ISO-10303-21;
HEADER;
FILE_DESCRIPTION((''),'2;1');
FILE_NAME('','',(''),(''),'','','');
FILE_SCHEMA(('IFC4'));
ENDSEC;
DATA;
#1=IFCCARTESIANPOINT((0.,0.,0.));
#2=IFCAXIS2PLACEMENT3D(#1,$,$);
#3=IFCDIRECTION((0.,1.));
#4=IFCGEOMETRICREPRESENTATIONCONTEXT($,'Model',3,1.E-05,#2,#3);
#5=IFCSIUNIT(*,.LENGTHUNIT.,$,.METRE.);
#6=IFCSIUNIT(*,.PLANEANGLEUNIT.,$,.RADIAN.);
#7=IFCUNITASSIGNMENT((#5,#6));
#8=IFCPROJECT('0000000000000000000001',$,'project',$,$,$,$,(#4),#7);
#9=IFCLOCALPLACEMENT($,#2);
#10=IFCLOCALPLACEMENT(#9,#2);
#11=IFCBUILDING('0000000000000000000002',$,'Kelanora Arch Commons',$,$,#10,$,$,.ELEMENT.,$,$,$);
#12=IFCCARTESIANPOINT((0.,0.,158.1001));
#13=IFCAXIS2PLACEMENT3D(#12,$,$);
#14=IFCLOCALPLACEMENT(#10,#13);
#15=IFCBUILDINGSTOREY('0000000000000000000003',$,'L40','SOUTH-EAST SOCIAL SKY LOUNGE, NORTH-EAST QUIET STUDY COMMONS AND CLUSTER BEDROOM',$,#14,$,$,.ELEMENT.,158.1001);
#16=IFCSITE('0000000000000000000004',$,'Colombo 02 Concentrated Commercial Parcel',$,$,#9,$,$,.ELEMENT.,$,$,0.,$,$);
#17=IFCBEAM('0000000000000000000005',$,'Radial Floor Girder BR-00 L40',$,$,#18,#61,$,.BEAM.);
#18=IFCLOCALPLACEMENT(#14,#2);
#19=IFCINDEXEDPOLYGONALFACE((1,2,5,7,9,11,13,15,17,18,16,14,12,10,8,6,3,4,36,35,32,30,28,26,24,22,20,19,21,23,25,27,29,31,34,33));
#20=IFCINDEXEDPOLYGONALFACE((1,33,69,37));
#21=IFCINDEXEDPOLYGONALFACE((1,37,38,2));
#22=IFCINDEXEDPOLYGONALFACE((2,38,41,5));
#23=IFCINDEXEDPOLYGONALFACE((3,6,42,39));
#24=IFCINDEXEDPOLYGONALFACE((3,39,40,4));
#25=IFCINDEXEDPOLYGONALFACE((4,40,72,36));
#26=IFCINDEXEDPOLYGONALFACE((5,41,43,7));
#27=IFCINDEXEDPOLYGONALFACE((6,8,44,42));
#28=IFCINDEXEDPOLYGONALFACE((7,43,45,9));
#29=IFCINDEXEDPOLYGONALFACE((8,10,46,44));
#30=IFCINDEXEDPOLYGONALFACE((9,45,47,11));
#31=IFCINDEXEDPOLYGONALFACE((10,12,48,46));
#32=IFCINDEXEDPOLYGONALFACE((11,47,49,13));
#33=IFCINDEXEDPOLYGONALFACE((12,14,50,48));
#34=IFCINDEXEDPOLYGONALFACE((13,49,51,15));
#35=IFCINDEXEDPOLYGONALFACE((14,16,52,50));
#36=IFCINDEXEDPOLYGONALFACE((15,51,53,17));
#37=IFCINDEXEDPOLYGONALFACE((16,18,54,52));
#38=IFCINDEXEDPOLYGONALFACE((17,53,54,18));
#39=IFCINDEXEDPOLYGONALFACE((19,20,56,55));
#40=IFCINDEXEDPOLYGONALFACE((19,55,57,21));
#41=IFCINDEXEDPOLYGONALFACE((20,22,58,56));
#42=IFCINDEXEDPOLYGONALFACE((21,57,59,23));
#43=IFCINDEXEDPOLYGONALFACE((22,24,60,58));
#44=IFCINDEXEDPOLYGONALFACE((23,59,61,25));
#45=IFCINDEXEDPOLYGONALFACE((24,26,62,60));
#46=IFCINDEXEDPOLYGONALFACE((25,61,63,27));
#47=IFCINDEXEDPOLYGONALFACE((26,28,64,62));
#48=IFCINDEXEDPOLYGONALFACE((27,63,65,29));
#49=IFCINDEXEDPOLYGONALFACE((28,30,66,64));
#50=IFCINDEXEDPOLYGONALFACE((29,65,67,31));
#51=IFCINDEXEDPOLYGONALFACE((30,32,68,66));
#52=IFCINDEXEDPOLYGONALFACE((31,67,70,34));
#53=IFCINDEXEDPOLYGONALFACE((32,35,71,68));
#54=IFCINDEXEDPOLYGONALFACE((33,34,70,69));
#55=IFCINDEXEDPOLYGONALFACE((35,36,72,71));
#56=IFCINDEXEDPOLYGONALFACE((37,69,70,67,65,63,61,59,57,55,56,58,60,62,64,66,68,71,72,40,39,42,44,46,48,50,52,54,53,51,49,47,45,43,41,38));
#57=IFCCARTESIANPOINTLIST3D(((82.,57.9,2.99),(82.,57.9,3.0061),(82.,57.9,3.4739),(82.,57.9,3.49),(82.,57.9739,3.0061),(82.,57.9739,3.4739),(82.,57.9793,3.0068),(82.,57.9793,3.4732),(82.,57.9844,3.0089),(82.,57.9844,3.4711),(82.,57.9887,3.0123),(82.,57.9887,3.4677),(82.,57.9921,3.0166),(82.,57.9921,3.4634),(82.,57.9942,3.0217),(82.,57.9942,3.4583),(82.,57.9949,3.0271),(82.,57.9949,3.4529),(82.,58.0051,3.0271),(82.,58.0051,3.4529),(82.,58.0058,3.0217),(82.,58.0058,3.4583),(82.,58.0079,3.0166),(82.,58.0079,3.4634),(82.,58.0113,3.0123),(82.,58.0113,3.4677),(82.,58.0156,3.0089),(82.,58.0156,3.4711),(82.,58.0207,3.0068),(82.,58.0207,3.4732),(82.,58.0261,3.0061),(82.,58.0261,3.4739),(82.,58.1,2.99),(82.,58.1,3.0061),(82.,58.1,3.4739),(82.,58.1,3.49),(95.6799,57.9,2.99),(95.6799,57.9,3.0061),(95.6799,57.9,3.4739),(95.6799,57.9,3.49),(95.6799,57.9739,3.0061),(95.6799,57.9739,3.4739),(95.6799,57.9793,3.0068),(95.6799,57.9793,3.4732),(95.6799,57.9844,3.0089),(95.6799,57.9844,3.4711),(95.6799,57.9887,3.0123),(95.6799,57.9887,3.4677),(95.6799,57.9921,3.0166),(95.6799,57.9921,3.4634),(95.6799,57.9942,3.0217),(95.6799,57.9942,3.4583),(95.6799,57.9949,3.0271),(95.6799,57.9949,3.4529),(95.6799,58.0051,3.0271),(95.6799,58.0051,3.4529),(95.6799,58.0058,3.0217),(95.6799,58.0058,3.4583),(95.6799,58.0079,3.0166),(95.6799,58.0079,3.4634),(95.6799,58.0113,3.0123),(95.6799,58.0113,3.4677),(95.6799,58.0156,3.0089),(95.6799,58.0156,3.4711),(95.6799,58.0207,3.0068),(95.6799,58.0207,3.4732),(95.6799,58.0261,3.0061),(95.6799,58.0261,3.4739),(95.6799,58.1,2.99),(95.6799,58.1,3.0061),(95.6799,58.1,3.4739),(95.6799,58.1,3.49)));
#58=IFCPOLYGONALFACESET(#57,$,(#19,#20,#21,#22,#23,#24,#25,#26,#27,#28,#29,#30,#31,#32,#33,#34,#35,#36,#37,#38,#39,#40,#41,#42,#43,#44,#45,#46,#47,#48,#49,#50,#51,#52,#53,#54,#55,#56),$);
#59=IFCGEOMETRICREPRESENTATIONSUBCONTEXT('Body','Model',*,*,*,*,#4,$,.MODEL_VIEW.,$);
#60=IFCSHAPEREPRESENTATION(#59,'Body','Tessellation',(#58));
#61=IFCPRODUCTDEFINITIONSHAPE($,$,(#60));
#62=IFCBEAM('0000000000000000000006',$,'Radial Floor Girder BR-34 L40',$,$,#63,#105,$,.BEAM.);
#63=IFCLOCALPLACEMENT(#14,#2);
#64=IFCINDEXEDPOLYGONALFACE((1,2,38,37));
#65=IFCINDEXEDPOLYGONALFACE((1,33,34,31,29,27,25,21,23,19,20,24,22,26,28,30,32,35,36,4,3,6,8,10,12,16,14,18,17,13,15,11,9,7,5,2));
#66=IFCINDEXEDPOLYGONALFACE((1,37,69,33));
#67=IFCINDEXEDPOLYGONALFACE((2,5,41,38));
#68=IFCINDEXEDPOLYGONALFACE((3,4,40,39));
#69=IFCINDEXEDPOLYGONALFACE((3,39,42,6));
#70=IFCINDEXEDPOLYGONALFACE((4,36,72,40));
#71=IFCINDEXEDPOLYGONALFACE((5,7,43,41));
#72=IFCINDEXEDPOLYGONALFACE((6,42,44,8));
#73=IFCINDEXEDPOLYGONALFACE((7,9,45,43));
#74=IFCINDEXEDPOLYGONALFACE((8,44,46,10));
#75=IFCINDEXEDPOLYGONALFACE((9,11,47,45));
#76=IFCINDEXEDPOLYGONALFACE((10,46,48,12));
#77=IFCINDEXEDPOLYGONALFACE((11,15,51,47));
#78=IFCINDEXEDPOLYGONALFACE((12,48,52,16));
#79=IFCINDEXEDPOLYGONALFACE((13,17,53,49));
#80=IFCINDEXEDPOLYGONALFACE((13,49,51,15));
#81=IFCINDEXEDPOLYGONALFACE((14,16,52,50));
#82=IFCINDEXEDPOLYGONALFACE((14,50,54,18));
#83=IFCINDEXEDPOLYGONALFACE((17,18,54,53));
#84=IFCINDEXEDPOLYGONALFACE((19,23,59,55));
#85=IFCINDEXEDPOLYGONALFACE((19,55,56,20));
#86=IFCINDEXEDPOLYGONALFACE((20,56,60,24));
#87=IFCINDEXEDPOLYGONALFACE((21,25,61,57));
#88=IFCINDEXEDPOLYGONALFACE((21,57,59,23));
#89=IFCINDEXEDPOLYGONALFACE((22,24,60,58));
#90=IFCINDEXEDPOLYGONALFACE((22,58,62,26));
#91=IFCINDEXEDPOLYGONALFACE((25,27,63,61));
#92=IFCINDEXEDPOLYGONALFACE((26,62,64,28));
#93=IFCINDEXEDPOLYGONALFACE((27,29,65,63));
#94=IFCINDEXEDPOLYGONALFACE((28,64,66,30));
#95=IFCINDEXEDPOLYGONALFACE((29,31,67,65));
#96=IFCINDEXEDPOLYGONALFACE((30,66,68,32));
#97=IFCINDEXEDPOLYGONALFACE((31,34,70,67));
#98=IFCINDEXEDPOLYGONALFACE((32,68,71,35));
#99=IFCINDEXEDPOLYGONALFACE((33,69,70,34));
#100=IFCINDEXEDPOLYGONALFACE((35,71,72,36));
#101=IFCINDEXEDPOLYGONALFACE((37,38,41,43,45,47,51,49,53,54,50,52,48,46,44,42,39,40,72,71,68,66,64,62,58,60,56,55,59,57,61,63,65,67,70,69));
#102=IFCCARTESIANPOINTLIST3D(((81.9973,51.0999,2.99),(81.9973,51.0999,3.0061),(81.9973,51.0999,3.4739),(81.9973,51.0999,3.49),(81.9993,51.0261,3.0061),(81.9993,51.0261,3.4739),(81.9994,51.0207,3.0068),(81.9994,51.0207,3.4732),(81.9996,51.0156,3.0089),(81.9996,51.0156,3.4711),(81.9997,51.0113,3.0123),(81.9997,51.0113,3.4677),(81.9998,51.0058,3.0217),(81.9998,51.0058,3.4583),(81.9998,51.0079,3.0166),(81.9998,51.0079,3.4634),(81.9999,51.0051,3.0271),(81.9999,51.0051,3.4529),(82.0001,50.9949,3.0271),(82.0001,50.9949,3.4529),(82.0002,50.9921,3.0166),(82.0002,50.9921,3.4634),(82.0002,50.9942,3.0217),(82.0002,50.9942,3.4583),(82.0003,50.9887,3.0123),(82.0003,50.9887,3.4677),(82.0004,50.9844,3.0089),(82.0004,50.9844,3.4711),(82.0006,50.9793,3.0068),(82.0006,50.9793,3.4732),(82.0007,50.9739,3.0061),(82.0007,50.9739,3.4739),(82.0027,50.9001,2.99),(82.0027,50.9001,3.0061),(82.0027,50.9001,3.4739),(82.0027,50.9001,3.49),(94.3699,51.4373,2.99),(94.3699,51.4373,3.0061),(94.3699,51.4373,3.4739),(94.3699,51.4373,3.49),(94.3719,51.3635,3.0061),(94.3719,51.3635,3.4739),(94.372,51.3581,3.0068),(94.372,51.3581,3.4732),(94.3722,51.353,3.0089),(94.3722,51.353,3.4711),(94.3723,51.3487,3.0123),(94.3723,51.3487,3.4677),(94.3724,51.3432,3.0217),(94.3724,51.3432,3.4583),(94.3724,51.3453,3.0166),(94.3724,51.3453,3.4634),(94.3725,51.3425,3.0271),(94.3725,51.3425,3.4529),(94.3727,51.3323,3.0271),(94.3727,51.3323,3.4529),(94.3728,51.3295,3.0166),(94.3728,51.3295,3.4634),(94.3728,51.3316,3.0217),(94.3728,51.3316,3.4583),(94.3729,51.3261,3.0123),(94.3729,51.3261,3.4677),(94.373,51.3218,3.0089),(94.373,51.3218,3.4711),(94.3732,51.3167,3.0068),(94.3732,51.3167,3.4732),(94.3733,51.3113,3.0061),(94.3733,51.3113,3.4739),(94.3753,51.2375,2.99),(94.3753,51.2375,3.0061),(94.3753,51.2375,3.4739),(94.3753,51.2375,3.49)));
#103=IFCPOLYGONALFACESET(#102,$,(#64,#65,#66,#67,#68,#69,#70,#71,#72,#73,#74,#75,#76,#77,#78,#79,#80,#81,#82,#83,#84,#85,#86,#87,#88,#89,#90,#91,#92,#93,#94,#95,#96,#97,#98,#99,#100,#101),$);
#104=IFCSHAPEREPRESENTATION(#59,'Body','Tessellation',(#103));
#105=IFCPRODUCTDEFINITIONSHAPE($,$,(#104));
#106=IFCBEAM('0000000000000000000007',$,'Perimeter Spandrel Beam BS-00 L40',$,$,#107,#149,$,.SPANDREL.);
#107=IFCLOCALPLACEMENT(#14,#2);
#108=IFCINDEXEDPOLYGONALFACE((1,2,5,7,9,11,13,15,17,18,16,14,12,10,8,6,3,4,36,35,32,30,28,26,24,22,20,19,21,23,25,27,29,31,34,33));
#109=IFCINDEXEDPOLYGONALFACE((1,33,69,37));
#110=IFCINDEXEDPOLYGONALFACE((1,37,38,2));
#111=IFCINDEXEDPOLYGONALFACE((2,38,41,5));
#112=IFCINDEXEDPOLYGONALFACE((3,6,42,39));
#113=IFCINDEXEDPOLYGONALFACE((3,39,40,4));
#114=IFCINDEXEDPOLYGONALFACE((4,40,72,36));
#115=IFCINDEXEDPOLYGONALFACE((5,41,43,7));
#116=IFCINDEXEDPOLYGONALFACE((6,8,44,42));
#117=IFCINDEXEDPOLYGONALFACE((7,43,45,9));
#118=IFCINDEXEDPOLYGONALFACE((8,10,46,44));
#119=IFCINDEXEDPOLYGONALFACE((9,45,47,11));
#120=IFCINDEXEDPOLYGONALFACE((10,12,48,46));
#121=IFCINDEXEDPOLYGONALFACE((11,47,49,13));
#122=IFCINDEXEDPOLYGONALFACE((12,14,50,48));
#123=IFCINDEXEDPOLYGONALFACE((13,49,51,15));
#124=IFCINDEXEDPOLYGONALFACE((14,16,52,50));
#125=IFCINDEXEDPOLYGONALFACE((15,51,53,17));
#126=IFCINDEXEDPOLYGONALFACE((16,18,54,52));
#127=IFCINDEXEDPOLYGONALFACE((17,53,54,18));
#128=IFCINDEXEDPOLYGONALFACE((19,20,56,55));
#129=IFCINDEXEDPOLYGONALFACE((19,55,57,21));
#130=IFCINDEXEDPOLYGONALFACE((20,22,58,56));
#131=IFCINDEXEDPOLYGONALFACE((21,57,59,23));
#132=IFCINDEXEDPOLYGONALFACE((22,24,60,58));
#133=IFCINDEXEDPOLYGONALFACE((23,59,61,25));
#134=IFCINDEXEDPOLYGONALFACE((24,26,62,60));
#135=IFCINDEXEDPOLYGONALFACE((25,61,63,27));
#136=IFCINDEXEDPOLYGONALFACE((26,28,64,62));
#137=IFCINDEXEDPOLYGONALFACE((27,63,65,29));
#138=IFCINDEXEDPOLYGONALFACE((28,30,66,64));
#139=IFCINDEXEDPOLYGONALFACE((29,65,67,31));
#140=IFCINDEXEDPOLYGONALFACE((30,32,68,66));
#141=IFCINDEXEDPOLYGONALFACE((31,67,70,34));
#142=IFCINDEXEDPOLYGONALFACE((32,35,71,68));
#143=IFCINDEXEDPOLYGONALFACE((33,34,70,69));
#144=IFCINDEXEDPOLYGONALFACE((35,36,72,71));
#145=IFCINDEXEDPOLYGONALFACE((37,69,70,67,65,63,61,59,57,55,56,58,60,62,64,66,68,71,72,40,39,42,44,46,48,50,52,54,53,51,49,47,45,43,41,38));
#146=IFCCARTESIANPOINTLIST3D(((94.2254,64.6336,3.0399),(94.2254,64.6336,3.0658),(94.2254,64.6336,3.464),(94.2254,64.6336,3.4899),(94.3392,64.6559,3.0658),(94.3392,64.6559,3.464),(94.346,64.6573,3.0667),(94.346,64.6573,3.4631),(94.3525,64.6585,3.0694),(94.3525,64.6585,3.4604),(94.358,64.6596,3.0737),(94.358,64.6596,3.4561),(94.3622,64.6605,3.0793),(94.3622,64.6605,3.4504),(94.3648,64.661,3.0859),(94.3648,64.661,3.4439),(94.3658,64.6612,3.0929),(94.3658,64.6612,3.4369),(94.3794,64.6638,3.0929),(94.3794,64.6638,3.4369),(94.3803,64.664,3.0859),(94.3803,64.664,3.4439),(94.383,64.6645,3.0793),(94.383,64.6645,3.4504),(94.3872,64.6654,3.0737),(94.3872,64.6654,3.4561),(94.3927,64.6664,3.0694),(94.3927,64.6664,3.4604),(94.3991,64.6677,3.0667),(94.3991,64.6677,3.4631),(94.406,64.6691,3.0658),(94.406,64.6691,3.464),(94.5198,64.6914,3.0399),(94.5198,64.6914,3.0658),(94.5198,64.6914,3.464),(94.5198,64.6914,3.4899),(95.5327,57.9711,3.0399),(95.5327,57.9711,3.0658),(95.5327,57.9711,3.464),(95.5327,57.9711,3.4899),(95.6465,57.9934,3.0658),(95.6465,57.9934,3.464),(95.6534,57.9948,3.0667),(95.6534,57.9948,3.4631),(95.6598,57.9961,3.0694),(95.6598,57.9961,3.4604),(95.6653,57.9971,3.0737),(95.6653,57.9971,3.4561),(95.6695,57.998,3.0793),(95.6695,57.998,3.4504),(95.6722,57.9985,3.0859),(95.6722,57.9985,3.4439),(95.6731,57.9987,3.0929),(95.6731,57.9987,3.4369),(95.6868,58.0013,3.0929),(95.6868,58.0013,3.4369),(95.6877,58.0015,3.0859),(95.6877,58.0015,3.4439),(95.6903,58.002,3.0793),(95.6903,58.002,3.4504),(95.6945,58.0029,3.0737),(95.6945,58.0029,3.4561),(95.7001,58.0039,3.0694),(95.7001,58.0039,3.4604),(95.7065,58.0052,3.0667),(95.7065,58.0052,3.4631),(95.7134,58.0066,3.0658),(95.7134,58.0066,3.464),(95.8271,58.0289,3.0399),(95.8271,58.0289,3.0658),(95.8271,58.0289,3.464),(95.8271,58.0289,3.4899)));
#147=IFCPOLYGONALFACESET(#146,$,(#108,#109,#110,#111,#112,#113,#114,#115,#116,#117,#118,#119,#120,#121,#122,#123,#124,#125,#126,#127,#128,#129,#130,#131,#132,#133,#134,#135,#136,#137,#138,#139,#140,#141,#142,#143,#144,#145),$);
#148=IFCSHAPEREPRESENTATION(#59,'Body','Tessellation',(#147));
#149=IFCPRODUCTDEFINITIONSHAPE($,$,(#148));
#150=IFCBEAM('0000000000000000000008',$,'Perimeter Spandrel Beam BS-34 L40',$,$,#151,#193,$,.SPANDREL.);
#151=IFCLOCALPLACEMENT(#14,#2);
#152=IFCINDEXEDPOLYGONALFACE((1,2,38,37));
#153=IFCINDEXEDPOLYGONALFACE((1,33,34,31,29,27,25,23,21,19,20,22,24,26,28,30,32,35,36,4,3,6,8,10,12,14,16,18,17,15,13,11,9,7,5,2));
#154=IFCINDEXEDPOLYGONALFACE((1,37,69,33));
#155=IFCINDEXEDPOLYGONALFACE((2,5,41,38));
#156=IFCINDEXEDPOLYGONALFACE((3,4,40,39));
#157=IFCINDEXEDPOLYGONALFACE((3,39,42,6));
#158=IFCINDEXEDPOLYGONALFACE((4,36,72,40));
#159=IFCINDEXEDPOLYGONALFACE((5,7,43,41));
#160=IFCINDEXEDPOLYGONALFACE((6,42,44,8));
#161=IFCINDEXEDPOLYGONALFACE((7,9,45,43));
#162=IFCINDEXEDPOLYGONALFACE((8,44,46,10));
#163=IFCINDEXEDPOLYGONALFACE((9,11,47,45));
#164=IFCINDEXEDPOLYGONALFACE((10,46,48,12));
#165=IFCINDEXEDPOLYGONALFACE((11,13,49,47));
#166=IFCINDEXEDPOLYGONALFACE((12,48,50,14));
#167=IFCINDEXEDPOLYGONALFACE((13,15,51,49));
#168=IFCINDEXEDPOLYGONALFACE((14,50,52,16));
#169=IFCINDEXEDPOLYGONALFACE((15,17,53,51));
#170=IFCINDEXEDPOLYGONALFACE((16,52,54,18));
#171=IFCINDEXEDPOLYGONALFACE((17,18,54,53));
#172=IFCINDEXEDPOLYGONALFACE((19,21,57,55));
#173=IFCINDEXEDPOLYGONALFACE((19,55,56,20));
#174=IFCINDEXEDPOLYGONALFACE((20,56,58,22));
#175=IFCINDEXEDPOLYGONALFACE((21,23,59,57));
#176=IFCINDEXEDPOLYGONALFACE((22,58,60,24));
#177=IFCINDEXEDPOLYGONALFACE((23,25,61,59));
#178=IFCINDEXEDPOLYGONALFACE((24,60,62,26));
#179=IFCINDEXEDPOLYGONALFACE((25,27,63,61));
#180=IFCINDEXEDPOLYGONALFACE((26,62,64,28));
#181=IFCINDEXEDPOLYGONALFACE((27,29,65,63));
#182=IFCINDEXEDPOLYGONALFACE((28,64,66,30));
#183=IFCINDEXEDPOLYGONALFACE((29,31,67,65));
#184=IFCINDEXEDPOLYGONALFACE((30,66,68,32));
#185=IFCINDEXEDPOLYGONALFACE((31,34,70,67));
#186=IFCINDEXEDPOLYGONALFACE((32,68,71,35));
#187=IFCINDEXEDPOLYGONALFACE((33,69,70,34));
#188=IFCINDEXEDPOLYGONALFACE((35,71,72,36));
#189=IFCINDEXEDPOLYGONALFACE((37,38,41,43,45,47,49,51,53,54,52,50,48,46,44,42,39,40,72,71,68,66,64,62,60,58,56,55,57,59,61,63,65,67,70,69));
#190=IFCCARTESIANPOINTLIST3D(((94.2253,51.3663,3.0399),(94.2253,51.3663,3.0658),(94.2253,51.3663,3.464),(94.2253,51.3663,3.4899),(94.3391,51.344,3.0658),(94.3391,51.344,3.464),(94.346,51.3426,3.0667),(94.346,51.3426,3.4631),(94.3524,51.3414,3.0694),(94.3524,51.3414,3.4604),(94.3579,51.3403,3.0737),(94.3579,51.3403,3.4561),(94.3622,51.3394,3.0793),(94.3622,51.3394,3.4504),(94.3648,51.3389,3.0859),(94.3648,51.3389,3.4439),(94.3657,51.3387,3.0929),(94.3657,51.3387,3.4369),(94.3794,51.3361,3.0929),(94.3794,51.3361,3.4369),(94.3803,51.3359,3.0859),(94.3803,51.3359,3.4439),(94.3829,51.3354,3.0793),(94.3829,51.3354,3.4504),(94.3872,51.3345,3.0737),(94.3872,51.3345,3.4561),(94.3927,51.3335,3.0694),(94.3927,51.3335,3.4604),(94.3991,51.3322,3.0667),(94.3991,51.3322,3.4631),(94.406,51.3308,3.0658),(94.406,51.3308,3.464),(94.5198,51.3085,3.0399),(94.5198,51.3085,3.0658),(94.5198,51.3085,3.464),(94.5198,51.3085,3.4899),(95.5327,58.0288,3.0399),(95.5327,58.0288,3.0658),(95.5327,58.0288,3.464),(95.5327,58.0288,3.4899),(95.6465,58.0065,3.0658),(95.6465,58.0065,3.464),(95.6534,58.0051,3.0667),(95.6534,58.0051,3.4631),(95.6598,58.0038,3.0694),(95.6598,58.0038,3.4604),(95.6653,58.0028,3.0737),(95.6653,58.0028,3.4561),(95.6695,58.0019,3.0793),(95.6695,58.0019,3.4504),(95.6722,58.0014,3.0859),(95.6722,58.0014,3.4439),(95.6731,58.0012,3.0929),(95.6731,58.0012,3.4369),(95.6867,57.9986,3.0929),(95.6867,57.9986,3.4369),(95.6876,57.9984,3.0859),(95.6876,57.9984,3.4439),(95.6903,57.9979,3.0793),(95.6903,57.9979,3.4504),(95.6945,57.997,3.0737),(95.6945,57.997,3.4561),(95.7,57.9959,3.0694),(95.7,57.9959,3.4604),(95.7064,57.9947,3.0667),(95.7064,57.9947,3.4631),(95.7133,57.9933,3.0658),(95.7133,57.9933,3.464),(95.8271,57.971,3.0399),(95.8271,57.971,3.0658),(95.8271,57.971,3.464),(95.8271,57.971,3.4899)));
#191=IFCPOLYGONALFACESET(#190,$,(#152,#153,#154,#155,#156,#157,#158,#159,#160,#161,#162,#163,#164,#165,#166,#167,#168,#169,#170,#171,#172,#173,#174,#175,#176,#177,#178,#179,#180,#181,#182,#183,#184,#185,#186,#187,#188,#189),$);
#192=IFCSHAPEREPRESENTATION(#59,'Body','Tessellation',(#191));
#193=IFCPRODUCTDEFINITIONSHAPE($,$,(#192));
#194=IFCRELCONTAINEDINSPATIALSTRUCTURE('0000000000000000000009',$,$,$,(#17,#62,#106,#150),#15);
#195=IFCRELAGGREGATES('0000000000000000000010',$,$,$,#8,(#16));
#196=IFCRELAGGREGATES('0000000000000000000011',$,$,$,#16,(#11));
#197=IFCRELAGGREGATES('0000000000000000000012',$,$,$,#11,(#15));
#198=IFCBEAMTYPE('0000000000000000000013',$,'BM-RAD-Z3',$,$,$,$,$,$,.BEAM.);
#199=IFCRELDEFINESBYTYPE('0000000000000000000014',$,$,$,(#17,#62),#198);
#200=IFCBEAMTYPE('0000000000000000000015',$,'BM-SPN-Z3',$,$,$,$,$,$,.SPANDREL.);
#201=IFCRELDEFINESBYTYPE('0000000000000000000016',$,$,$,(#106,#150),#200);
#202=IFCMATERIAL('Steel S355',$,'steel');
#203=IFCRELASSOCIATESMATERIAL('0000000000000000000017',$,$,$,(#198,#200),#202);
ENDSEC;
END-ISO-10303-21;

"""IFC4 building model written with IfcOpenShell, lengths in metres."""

from ifc_helpers import new_model, si_unit, direction, frame, origin, origin_2d, place, context, subcontext, project, spatial, i_section, extrude, material, material_profile, profile_set, type_object, element, save


model = new_model("IFC4")

# Units and contexts
model_context = context("Model", 3, precision=1e-05, world=origin(), true_north=direction((0.0, 1.0)))
body_context = subcontext(model_context, "Body", "Model", "MODEL_VIEW")
ifc_project = project(units=[si_unit("LENGTHUNIT", "METRE"), si_unit("PLANEANGLEUNIT", "RADIAN")], contexts=[model_context])

# Site, building, storey
site_placement = place(None, origin())
site = spatial("IfcSite", under=ifc_project, at=site_placement, Name="Colombo 02 Concentrated Commercial Parcel", CompositionType="ELEMENT", RefElevation=0.0)
building_placement = place(site_placement, origin())
building = spatial("IfcBuilding", under=site, at=building_placement, Name="Kelanora Arch Commons", CompositionType="ELEMENT")
storey_placement = place(building_placement, frame((0.0, 0.0, 158.1001)))
storey = spatial("IfcBuildingStorey", under=building, at=storey_placement, Name="L40", Description="SOUTH-EAST SOCIAL SKY LOUNGE, NORTH-EAST QUIET STUDY COMMONS AND CLUSTER BEDROOM", CompositionType="ELEMENT", Elevation=158.1001)

# Beams
ifc_material_1 = material(Name="Steel S355", Category="steel")
ifc_material_profile_1 = material_profile(ifc_material_1, i_section(OverallWidth=0.2, OverallDepth=0.5, WebThickness=0.0103, FlangeThickness=0.0161, FilletRadius=0.021, at=origin_2d()), Name="IPE500")
ifc_profile_set_1 = profile_set([ifc_material_profile_1], Name="Steel S355")
beam_type_1 = type_object("IfcBeamType", Name="BM-RAD-Z3", PredefinedType="BEAM", material=ifc_profile_set_1)
beam_1_placement = place(storey_placement, frame((82.0, 58.0, 3.24), z_axis=(1.0, 0.0, 0.0), x_axis=(0.0, 1.0, 0.0)))
element("IfcBeam", 1, at=beam_1_placement, inside=storey, type_object=beam_type_1, Name="Radial Floor Girder BR-00 L40", PredefinedType="BEAM", context=body_context, shape_type="SweptSolid", body=[
    extrude(i_section(OverallWidth=0.2, OverallDepth=0.5, WebThickness=0.0103, FlangeThickness=0.0161, FilletRadius=0.021, at=origin_2d()), origin(), (0.0, 0.0, 1.0), 13.6799),
])
beam_2_placement = place(storey_placement, frame((82.0, 51.0, 3.24), z_axis=(0.999628, 0.02726, 0.0), x_axis=(-0.02726, 0.999628, 0.0)))
element("IfcBeam", 2, at=beam_2_placement, inside=storey, type_object=beam_type_1, Name="Radial Floor Girder BR-34 L40", PredefinedType="BEAM", context=body_context, shape_type="SweptSolid", body=[
    extrude(i_section(OverallWidth=0.2, OverallDepth=0.5, WebThickness=0.0103, FlangeThickness=0.0161, FilletRadius=0.021, at=origin_2d()), origin(), (0.0, 0.0, 1.0), 12.3772),
])
ifc_material_profile_2 = material_profile(ifc_material_1, i_section(OverallWidth=0.3, OverallDepth=0.45, WebThickness=0.0139, FlangeThickness=0.0259, FilletRadius=0.0271, at=origin_2d()), Name="HEB450")
ifc_profile_set_2 = profile_set([ifc_material_profile_2], Name="Steel S355")
beam_type_2 = type_object("IfcBeamType", Name="BM-SPN-Z3", PredefinedType="SPANDREL", material=ifc_profile_set_2)
for number, where, z_axis, x_axis, name in (
    (3, (95.6799, 58.0, 3.2649), (-0.192554, 0.981286, 0.0), (-0.981286, -0.192554, 0.0), "Perimeter Spandrel Beam BS-00 L40"),
    (4, (94.3726, 51.3374, 3.2649), (0.192554, 0.981286, 0.0), (-0.981286, 0.192554, 0.0), "Perimeter Spandrel Beam BS-34 L40"),
):
    element("IfcBeam", number, at=place(storey_placement, frame(where, z_axis=z_axis, x_axis=x_axis)), inside=storey, type_object=beam_type_2, Name=name, PredefinedType="SPANDREL", context=body_context, shape_type="SweptSolid", body=[
        extrude(i_section(OverallWidth=0.3, OverallDepth=0.45, WebThickness=0.0139, FlangeThickness=0.0259, FilletRadius=0.0271, at=origin_2d()), origin(), (0.0, 0.0, 1.0), 6.7896),
    ])

save(model, "model.ifc")
